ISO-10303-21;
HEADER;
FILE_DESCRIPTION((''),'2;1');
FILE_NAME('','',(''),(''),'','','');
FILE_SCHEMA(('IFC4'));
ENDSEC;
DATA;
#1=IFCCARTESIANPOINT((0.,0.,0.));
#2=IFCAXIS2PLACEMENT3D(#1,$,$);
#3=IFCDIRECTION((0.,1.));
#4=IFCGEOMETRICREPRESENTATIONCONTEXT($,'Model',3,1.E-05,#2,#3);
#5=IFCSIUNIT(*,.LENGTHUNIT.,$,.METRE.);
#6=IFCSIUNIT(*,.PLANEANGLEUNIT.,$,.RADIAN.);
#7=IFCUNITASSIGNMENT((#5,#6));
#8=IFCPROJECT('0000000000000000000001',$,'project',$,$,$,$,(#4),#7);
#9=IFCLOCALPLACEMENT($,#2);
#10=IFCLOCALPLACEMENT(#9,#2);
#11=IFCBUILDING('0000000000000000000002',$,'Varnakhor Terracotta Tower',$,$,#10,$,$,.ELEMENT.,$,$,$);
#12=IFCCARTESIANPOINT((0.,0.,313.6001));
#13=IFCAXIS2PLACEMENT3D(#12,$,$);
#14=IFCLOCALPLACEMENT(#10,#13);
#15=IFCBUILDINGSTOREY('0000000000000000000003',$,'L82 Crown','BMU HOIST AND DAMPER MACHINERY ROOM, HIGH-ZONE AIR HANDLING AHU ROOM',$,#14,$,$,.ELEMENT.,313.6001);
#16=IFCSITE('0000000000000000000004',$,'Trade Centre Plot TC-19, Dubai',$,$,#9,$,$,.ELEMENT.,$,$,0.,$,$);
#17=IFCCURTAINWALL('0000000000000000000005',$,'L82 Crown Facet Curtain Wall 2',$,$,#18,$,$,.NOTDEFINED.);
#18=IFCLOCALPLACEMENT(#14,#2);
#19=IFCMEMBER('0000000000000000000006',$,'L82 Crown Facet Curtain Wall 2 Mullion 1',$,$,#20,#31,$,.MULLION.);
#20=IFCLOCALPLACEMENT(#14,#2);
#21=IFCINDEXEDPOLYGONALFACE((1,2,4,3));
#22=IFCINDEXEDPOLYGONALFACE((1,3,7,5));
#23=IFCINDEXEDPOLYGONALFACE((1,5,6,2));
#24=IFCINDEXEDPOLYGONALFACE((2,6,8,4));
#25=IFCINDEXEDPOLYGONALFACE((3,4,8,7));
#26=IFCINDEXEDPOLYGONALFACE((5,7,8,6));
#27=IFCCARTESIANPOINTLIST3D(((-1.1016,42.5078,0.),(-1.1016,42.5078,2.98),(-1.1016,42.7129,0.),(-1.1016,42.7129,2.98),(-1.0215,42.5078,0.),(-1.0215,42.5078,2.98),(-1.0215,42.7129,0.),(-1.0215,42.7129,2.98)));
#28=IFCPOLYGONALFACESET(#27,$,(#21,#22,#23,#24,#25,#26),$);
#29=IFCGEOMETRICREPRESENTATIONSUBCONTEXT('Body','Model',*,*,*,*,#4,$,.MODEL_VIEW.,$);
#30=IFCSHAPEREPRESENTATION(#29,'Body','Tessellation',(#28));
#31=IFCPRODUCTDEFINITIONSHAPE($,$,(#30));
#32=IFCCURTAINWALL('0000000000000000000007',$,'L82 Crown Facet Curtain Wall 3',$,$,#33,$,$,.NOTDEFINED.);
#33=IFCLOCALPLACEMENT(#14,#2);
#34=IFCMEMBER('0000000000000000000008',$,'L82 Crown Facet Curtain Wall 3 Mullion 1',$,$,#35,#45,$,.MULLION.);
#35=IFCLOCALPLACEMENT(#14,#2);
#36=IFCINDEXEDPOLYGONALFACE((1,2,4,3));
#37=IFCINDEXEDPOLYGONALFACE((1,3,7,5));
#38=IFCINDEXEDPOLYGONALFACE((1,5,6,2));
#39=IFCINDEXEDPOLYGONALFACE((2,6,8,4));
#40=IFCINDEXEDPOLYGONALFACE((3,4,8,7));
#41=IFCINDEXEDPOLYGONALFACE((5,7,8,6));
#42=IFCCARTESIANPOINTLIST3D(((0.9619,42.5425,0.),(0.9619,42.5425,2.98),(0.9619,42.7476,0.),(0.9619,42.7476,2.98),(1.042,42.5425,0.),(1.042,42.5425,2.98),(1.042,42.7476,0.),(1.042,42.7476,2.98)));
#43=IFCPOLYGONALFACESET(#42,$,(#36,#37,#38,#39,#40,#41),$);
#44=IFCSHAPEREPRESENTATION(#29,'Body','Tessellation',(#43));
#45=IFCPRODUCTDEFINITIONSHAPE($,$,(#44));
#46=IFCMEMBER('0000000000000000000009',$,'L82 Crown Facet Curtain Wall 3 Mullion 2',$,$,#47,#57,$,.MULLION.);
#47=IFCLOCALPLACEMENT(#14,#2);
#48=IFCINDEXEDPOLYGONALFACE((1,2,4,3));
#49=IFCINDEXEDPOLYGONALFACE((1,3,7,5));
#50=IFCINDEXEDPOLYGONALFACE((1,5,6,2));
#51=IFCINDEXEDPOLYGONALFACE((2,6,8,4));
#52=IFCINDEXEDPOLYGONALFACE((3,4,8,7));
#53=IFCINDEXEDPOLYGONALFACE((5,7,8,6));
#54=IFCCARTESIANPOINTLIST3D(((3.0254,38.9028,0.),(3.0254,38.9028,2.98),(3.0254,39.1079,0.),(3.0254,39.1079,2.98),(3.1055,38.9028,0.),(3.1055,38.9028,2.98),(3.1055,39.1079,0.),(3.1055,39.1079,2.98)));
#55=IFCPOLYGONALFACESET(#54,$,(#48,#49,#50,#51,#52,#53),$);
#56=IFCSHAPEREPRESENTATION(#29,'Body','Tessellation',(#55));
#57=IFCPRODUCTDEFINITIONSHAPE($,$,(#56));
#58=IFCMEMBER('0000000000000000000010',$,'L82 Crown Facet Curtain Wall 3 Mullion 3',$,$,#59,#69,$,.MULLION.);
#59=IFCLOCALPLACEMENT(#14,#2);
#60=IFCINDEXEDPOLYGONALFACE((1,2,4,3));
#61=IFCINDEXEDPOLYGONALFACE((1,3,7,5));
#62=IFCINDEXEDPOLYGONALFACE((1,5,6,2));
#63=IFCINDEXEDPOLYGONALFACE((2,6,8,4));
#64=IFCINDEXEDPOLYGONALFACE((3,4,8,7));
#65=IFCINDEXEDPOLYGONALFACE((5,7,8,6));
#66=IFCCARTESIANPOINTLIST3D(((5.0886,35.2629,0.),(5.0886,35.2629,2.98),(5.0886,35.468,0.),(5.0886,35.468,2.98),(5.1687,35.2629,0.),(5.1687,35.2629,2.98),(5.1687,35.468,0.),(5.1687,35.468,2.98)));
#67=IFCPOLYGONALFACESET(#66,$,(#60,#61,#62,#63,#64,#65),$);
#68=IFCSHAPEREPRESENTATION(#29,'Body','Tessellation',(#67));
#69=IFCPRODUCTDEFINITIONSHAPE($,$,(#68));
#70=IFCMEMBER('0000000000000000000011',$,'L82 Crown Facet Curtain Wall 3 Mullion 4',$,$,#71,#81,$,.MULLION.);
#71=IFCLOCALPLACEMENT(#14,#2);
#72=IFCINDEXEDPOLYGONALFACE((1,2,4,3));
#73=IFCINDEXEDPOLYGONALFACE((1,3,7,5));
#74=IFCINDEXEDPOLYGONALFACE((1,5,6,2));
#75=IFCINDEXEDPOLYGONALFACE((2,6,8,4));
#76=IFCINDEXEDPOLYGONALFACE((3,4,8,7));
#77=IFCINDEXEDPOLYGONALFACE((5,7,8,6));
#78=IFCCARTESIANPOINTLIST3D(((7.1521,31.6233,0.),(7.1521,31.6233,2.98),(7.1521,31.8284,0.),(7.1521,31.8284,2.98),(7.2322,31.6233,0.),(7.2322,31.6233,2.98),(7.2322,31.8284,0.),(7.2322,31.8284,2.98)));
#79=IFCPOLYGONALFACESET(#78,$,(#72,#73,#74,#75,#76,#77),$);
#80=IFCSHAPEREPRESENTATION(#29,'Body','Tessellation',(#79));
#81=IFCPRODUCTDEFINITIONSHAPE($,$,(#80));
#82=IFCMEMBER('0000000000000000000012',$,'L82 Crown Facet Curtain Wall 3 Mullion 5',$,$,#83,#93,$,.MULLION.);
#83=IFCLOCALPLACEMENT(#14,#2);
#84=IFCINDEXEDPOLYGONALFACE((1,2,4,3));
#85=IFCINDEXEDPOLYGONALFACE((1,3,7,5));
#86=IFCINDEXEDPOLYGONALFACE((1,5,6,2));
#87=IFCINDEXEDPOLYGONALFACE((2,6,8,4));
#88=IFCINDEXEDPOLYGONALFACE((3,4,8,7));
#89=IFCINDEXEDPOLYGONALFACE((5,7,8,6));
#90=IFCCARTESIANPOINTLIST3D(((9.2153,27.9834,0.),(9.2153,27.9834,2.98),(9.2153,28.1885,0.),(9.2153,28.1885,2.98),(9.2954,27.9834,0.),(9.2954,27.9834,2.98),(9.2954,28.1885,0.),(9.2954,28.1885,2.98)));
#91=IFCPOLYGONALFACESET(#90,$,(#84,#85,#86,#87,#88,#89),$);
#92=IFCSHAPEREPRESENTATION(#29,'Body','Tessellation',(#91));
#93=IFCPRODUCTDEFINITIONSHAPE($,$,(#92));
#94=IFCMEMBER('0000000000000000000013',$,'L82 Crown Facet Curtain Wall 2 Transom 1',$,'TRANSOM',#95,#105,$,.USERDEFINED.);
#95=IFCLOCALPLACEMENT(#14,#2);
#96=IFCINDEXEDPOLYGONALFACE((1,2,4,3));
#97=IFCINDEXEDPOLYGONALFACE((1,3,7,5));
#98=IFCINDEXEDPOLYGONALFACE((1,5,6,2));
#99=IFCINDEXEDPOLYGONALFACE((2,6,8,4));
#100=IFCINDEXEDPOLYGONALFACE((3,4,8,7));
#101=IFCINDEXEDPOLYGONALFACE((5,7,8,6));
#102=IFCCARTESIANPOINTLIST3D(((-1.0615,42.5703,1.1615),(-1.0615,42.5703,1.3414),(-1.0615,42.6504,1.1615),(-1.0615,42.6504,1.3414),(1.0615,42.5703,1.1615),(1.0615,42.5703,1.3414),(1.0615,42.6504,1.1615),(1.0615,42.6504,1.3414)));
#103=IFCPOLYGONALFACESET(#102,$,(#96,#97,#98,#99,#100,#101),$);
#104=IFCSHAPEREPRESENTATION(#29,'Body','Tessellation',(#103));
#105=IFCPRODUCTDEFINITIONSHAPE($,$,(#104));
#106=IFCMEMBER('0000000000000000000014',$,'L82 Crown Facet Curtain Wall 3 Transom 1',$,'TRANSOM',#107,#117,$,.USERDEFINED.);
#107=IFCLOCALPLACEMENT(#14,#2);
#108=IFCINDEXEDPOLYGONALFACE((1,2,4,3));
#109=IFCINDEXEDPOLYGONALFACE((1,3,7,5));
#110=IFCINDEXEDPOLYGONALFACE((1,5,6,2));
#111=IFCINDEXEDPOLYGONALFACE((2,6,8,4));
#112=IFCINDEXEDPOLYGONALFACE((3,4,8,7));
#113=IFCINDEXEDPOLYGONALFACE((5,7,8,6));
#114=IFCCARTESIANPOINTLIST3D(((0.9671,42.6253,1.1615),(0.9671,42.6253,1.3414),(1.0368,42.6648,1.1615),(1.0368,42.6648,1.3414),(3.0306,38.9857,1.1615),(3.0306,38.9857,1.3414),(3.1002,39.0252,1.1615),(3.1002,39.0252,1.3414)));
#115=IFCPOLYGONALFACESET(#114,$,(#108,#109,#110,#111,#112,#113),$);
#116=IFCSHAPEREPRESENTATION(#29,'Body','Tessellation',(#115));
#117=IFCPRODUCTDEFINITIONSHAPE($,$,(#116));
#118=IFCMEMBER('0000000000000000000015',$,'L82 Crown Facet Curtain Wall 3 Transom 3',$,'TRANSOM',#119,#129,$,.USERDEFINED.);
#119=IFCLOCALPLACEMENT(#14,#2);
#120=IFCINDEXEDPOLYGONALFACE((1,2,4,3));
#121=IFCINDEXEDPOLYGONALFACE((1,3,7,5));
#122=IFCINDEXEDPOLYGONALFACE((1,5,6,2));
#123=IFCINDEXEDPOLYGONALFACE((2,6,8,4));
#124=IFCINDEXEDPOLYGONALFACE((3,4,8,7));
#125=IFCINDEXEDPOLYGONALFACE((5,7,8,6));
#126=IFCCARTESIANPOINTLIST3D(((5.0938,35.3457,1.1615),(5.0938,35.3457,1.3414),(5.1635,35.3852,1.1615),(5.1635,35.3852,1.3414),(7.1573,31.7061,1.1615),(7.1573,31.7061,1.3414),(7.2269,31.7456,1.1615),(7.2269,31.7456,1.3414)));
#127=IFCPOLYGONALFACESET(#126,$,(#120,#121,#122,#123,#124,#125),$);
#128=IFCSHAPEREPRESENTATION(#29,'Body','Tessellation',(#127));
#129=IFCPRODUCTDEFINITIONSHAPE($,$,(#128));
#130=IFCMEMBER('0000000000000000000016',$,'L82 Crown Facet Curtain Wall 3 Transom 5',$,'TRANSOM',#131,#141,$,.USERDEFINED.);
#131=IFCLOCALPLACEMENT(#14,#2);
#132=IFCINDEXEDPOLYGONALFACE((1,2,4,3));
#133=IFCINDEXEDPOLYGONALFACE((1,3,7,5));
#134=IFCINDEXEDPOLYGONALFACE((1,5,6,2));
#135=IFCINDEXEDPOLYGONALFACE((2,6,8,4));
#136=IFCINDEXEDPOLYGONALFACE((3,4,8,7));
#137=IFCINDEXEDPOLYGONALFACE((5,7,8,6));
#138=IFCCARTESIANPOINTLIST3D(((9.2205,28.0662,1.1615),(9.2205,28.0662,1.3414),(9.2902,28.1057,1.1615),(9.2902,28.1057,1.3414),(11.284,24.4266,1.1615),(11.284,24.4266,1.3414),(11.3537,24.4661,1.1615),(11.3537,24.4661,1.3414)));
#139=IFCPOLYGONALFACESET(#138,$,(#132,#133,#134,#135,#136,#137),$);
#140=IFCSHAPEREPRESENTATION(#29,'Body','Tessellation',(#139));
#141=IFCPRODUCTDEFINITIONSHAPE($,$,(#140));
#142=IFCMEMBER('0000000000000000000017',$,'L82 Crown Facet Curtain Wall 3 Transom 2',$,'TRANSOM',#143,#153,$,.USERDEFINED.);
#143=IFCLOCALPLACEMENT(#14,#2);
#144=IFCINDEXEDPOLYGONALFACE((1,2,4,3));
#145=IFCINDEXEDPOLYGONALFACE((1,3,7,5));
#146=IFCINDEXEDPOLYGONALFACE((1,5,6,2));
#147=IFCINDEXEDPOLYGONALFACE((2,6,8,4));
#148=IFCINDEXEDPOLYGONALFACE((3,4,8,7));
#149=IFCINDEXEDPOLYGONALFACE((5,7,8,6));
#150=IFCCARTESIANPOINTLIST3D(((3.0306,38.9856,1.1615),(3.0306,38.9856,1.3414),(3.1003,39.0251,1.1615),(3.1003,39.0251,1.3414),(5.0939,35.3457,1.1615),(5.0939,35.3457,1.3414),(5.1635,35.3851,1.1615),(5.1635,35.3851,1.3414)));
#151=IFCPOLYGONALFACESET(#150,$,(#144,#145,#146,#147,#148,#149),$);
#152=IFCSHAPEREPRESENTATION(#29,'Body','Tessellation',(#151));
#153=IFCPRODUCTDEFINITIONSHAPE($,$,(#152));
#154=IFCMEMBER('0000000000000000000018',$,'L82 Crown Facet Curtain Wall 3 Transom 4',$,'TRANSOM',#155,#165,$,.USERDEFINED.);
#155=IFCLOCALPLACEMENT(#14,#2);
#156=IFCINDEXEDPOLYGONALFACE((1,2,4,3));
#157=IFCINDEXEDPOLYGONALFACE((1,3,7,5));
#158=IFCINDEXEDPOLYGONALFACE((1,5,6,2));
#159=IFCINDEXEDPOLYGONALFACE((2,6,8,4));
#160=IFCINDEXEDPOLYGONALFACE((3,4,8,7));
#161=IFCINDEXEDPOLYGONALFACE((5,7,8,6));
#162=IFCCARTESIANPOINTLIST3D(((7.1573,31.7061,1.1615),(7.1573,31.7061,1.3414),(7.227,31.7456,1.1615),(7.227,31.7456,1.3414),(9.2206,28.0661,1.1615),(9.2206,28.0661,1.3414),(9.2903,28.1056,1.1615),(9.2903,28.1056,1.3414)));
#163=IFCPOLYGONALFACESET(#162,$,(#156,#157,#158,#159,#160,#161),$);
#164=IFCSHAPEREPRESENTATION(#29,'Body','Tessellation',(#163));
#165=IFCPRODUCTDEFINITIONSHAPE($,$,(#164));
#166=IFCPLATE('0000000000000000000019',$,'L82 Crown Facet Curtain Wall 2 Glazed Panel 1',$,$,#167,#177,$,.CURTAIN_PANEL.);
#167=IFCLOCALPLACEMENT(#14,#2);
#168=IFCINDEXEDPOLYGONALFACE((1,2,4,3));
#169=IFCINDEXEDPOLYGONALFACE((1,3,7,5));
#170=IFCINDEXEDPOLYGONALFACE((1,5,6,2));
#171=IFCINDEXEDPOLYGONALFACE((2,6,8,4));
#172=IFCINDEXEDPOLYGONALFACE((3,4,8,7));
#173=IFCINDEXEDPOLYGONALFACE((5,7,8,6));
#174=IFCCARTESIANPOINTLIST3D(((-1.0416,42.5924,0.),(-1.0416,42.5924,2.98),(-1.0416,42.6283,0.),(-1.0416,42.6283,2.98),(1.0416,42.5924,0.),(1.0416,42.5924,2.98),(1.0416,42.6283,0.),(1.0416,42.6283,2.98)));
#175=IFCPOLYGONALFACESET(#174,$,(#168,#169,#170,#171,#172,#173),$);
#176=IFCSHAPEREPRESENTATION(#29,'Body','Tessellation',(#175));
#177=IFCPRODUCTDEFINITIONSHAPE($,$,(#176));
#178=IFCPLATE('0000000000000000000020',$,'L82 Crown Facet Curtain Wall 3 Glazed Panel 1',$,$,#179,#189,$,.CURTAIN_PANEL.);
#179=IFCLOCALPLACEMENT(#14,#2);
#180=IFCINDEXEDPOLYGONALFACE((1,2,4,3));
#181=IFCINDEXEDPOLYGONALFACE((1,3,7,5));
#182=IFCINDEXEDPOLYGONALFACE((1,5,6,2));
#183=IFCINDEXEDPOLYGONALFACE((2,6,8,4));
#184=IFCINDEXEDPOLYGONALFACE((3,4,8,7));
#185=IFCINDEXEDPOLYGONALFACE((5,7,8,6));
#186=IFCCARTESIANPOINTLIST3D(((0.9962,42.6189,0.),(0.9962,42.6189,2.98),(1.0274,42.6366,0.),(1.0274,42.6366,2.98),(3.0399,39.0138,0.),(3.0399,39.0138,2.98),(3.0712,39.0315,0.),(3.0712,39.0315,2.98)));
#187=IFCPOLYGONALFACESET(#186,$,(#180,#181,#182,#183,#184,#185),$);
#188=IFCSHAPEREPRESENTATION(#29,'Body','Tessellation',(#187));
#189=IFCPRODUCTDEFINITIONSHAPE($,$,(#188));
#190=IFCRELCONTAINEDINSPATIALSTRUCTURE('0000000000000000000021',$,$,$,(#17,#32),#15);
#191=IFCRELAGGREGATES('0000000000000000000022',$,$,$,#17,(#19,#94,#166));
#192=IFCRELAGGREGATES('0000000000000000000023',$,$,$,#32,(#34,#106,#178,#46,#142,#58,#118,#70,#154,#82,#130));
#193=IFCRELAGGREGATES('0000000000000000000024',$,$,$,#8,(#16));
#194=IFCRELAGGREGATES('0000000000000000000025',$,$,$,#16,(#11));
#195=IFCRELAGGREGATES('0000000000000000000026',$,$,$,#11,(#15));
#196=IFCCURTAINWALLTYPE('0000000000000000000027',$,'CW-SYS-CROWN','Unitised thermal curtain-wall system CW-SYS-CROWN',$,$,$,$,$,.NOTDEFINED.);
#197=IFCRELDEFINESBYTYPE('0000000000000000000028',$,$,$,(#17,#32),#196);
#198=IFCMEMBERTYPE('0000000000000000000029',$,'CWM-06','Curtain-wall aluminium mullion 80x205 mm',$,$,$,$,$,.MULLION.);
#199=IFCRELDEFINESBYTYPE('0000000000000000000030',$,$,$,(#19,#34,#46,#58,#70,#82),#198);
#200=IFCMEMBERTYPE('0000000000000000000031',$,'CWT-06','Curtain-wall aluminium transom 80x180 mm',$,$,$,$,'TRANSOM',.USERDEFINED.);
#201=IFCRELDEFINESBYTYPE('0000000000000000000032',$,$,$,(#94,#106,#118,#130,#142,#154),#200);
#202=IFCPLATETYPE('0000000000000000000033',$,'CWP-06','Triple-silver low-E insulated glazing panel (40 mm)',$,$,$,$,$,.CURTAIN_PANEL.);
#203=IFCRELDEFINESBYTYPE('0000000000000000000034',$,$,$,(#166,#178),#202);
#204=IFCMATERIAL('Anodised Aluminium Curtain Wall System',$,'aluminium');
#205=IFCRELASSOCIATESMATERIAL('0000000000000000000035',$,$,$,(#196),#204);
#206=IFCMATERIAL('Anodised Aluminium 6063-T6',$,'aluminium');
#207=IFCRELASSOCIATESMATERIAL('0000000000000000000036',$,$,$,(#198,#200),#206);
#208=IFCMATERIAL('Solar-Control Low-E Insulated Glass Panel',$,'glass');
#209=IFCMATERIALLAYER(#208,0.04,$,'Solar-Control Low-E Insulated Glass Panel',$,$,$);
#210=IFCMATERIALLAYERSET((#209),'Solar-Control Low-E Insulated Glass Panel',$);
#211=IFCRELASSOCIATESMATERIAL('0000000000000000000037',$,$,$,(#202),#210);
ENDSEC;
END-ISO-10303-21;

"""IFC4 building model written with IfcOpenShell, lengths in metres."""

from ifc_helpers import new_model, si_unit, direction, frame, origin, origin_2d, place, context, subcontext, project, spatial, rectangle, extrude, source, transform, mapped, material, layer, layer_set, material_profile, profile_set, type_object, type_shapes, element, aggregate, save


model = new_model("IFC4")

# Units and contexts
model_context = context("Model", 3, precision=1e-05, world=origin(), true_north=direction((0.0, 1.0)))
body_context = subcontext(model_context, "Body", "Model", "MODEL_VIEW")
ifc_project = project(units=[si_unit("LENGTHUNIT", "METRE"), si_unit("PLANEANGLEUNIT", "RADIAN")], contexts=[model_context])

# Site, building, storey
site_placement = place(None, origin())
site = spatial("IfcSite", under=ifc_project, at=site_placement, Name="Trade Centre Plot TC-19, Dubai", CompositionType="ELEMENT", RefElevation=0.0)
building_placement = place(site_placement, origin())
building = spatial("IfcBuilding", under=site, at=building_placement, Name="Varnakhor Terracotta Tower", CompositionType="ELEMENT")
storey_placement = place(building_placement, frame((0.0, 0.0, 313.6001)))
storey = spatial("IfcBuildingStorey", under=building, at=storey_placement, Name="L82 Crown", Description="BMU HOIST AND DAMPER MACHINERY ROOM, HIGH-ZONE AIR HANDLING AHU ROOM", CompositionType="ELEMENT", Elevation=313.6001)

# Curtain wall, member
ifc_material_1 = material(Name="Anodised Aluminium Curtain Wall System", Category="aluminium")
curtain_wall_type = type_object("IfcCurtainWallType", Name="CW-SYS-CROWN", Description="Unitised thermal curtain-wall system CW-SYS-CROWN", PredefinedType="NOTDEFINED", material=ifc_material_1)
curtain_wall_1_placement = place(storey_placement, origin())
curtain_wall_1 = element("IfcCurtainWall", 1, at=curtain_wall_1_placement, inside=storey, type_object=curtain_wall_type, Name="L82 Crown Facet Curtain Wall 2", PredefinedType="NOTDEFINED")
ifc_material_2 = material(Name="Anodised Aluminium 6063-T6", Category="aluminium")
ifc_material_profile_1 = material_profile(ifc_material_2, rectangle(XDim=0.0801, YDim=0.2051, at=origin_2d()), Name="ALU MULLION 80x205")
ifc_profile_set_1 = profile_set([ifc_material_profile_1], Name="Anodised Aluminium 6063-T6")
member_type_1 = type_object("IfcMemberType", Name="CWM-06", Description="Curtain-wall aluminium mullion 80x205 mm", PredefinedType="MULLION", material=ifc_profile_set_1)
shared_shape_1 = source(origin(), body_context, "Body", "SweptSolid", [
    extrude(rectangle(XDim=0.0801, YDim=0.2051, at=origin_2d()), origin(), (0.0, 0.0, 1.0), 2.98),
])
type_shapes(member_type_1, [shared_shape_1])
member_1_placement = place(storey_placement, frame((-1.0615, 42.6104, 0.0), z_axis=(0.0, 0.0, 1.0), x_axis=(1.0, 0.0, 0.0)))
member_1 = element("IfcMember", 2, at=member_1_placement, type_object=member_type_1, Name="L82 Crown Facet Curtain Wall 2 Mullion 1", PredefinedType="MULLION", context=body_context, shape_type="MappedRepresentation", body=[
    mapped(shared_shape_1, transform((0.0, 0.0, 0.0), scale=1.0)),
])

# Curtain wall, members
curtain_wall_2_placement = place(storey_placement, origin())
curtain_wall_2 = element("IfcCurtainWall", 3, at=curtain_wall_2_placement, inside=storey, type_object=curtain_wall_type, Name="L82 Crown Facet Curtain Wall 3", PredefinedType="NOTDEFINED")
member_2_placement = place(storey_placement, frame((1.002, 42.645, 0.0), z_axis=(0.0, 0.0, 1.0), x_axis=(1.0, 0.0, 0.0)))
member_2 = element("IfcMember", 4, at=member_2_placement, type_object=member_type_1, Name="L82 Crown Facet Curtain Wall 3 Mullion 1", PredefinedType="MULLION", context=body_context, shape_type="MappedRepresentation", body=[
    mapped(shared_shape_1, transform((0.0, 0.0, 0.0), scale=1.0)),
])
member_3_placement = place(storey_placement, frame((3.0654, 39.0054, 0.0), z_axis=(0.0, 0.0, 1.0), x_axis=(1.0, 0.0, 0.0)))
member_3 = element("IfcMember", 5, at=member_3_placement, type_object=member_type_1, Name="L82 Crown Facet Curtain Wall 3 Mullion 2", PredefinedType="MULLION", context=body_context, shape_type="MappedRepresentation", body=[
    mapped(shared_shape_1, transform((0.0, 0.0, 0.0), scale=1.0)),
])
member_4_placement = place(storey_placement, frame((5.1287, 35.3655, 0.0), z_axis=(0.0, 0.0, 1.0), x_axis=(1.0, 0.0, 0.0)))
member_4 = element("IfcMember", 6, at=member_4_placement, type_object=member_type_1, Name="L82 Crown Facet Curtain Wall 3 Mullion 3", PredefinedType="MULLION", context=body_context, shape_type="MappedRepresentation", body=[
    mapped(shared_shape_1, transform((0.0, 0.0, 0.0), scale=1.0)),
])
member_5_placement = place(storey_placement, frame((7.1921, 31.7258, 0.0), z_axis=(0.0, 0.0, 1.0), x_axis=(1.0, 0.0, 0.0)))
member_5 = element("IfcMember", 7, at=member_5_placement, type_object=member_type_1, Name="L82 Crown Facet Curtain Wall 3 Mullion 4", PredefinedType="MULLION", context=body_context, shape_type="MappedRepresentation", body=[
    mapped(shared_shape_1, transform((0.0, 0.0, 0.0), scale=1.0)),
])
member_6_placement = place(storey_placement, frame((9.2554, 28.0859, 0.0), z_axis=(0.0, 0.0, 1.0), x_axis=(1.0, 0.0, 0.0)))
member_6 = element("IfcMember", 8, at=member_6_placement, type_object=member_type_1, Name="L82 Crown Facet Curtain Wall 3 Mullion 5", PredefinedType="MULLION", context=body_context, shape_type="MappedRepresentation", body=[
    mapped(shared_shape_1, transform((0.0, 0.0, 0.0), scale=1.0)),
])

# Members
ifc_material_profile_2 = material_profile(ifc_material_2, rectangle(XDim=0.0801, YDim=0.1799, at=origin_2d()), Name="ALU TRANSOM 80x180")
ifc_profile_set_2 = profile_set([ifc_material_profile_2], Name="Anodised Aluminium 6063-T6")
member_type_2 = type_object("IfcMemberType", Name="CWT-06", Description="Curtain-wall aluminium transom 80x180 mm", ElementType="TRANSOM", PredefinedType="USERDEFINED", material=ifc_profile_set_2)
shared_shape_2 = source(origin(), body_context, "Body", "SweptSolid", [
    extrude(rectangle(XDim=0.0801, YDim=0.1799, at=origin_2d()), origin(), (0.0, 0.0, 1.0), 2.123),
])
member_7_placement = place(storey_placement, frame((-1.0615, 42.6104, 1.2515), z_axis=(1.0, 0.0, 0.0), x_axis=(0.0, 1.0, 0.0)))
member_7 = element("IfcMember", 9, at=member_7_placement, type_object=member_type_2, Name="L82 Crown Facet Curtain Wall 2 Transom 1", ObjectType="TRANSOM", PredefinedType="USERDEFINED", context=body_context, shape_type="MappedRepresentation", body=[
    mapped(shared_shape_2, transform((0.0, 0.0, 0.0), scale=1.0)),
])
shared_shape_3 = source(origin(), body_context, "Body", "SweptSolid", [
    extrude(rectangle(XDim=0.0801, YDim=0.1799, at=origin_2d()), origin(), (0.0, 0.0, 1.0), 4.1838),
])
member_8_placement = place(storey_placement, frame((1.002, 42.645, 1.2515), z_axis=(0.493195, -0.869919, 0.0), x_axis=(0.869919, 0.493195, 0.0)))
member_8 = element("IfcMember", 10, at=member_8_placement, type_object=member_type_2, Name="L82 Crown Facet Curtain Wall 3 Transom 1", ObjectType="TRANSOM", PredefinedType="USERDEFINED", context=body_context, shape_type="MappedRepresentation", body=[
    mapped(shared_shape_3, transform((0.0, 0.0, 0.0), scale=1.0)),
])
member_9_placement = place(storey_placement, frame((5.1287, 35.3655, 1.2515), z_axis=(0.493195, -0.869919, 0.0), x_axis=(0.869919, 0.493195, 0.0)))
member_9 = element("IfcMember", 11, at=member_9_placement, type_object=member_type_2, Name="L82 Crown Facet Curtain Wall 3 Transom 3", ObjectType="TRANSOM", PredefinedType="USERDEFINED", context=body_context, shape_type="MappedRepresentation", body=[
    mapped(shared_shape_3, transform((0.0, 0.0, 0.0), scale=1.0)),
])
member_10_placement = place(storey_placement, frame((9.2554, 28.0859, 1.2515), z_axis=(0.493195, -0.869919, 0.0), x_axis=(0.869919, 0.493195, 0.0)))
member_10 = element("IfcMember", 12, at=member_10_placement, type_object=member_type_2, Name="L82 Crown Facet Curtain Wall 3 Transom 5", ObjectType="TRANSOM", PredefinedType="USERDEFINED", context=body_context, shape_type="MappedRepresentation", body=[
    mapped(shared_shape_3, transform((0.0, 0.0, 0.0), scale=1.0)),
])
shared_shape_4 = source(origin(), body_context, "Body", "SweptSolid", [
    extrude(rectangle(XDim=0.0801, YDim=0.1799, at=origin_2d()), origin(), (0.0, 0.0, 1.0), 4.1841),
])
member_11_placement = place(storey_placement, frame((3.0654, 39.0054, 1.2515), z_axis=(0.493126, -0.869958, 0.0), x_axis=(0.869958, 0.493126, 0.0)))
member_11 = element("IfcMember", 13, at=member_11_placement, type_object=member_type_2, Name="L82 Crown Facet Curtain Wall 3 Transom 2", ObjectType="TRANSOM", PredefinedType="USERDEFINED", context=body_context, shape_type="MappedRepresentation", body=[
    mapped(shared_shape_4, transform((0.0, 0.0, 0.0), scale=1.0)),
])
member_12_placement = place(storey_placement, frame((7.1921, 31.7258, 1.2515), z_axis=(0.493126, -0.869958, 0.0), x_axis=(0.869958, 0.493126, 0.0)))
member_12 = element("IfcMember", 14, at=member_12_placement, type_object=member_type_2, Name="L82 Crown Facet Curtain Wall 3 Transom 4", ObjectType="TRANSOM", PredefinedType="USERDEFINED", context=body_context, shape_type="MappedRepresentation", body=[
    mapped(shared_shape_4, transform((0.0, 0.0, 0.0), scale=1.0)),
])

# Plates
ifc_material_3 = material(Name="Solar-Control Low-E Insulated Glass Panel", Category="glass")
ifc_layer = layer(ifc_material_3, 0.04, Name="Solar-Control Low-E Insulated Glass Panel")
ifc_layer_set = layer_set([ifc_layer], Name="Solar-Control Low-E Insulated Glass Panel")
plate_type = type_object("IfcPlateType", Name="CWP-06", Description="Triple-silver low-E insulated glazing panel (40 mm)", PredefinedType="CURTAIN_PANEL", material=ifc_layer_set)
shared_shape_5 = source(origin(), body_context, "Body", "SweptSolid", [
    extrude(rectangle(XDim=2.0833, YDim=0.0359, at=origin_2d()), origin(), (0.0, 0.0, 1.0), 2.98),
])
plate_1_placement = place(storey_placement, frame((0.0, 42.6104, 0.0), z_axis=(0.0, 0.0, 1.0), x_axis=(1.0, 0.0, 0.0)))
plate_1 = element("IfcPlate", 15, at=plate_1_placement, type_object=plate_type, Name="L82 Crown Facet Curtain Wall 2 Glazed Panel 1", PredefinedType="CURTAIN_PANEL", context=body_context, shape_type="MappedRepresentation", body=[
    mapped(shared_shape_5, transform((0.0, 0.0, 0.0), scale=1.0)),
])
aggregate(curtain_wall_1, [member_1, member_7, plate_1])
shared_shape_6 = source(origin(), body_context, "Body", "SweptSolid", [
    extrude(rectangle(XDim=4.144, YDim=0.0359, at=origin_2d()), origin(), (0.0, 0.0, 1.0), 2.98),
])
plate_2_placement = place(storey_placement, frame((2.0337, 40.8252, 0.0), z_axis=(0.0, 0.0, 1.0), x_axis=(0.493168, -0.869934, 0.0)))
plate_2 = element("IfcPlate", 16, at=plate_2_placement, type_object=plate_type, Name="L82 Crown Facet Curtain Wall 3 Glazed Panel 1", PredefinedType="CURTAIN_PANEL", context=body_context, shape_type="MappedRepresentation", body=[
    mapped(shared_shape_6, transform((0.0, 0.0, 0.0), scale=1.0)),
])
aggregate(curtain_wall_2, [member_2, member_8, plate_2, member_3, member_11, member_4, member_9, member_5, member_12, member_6, member_10])

save(model, "model.ifc")
